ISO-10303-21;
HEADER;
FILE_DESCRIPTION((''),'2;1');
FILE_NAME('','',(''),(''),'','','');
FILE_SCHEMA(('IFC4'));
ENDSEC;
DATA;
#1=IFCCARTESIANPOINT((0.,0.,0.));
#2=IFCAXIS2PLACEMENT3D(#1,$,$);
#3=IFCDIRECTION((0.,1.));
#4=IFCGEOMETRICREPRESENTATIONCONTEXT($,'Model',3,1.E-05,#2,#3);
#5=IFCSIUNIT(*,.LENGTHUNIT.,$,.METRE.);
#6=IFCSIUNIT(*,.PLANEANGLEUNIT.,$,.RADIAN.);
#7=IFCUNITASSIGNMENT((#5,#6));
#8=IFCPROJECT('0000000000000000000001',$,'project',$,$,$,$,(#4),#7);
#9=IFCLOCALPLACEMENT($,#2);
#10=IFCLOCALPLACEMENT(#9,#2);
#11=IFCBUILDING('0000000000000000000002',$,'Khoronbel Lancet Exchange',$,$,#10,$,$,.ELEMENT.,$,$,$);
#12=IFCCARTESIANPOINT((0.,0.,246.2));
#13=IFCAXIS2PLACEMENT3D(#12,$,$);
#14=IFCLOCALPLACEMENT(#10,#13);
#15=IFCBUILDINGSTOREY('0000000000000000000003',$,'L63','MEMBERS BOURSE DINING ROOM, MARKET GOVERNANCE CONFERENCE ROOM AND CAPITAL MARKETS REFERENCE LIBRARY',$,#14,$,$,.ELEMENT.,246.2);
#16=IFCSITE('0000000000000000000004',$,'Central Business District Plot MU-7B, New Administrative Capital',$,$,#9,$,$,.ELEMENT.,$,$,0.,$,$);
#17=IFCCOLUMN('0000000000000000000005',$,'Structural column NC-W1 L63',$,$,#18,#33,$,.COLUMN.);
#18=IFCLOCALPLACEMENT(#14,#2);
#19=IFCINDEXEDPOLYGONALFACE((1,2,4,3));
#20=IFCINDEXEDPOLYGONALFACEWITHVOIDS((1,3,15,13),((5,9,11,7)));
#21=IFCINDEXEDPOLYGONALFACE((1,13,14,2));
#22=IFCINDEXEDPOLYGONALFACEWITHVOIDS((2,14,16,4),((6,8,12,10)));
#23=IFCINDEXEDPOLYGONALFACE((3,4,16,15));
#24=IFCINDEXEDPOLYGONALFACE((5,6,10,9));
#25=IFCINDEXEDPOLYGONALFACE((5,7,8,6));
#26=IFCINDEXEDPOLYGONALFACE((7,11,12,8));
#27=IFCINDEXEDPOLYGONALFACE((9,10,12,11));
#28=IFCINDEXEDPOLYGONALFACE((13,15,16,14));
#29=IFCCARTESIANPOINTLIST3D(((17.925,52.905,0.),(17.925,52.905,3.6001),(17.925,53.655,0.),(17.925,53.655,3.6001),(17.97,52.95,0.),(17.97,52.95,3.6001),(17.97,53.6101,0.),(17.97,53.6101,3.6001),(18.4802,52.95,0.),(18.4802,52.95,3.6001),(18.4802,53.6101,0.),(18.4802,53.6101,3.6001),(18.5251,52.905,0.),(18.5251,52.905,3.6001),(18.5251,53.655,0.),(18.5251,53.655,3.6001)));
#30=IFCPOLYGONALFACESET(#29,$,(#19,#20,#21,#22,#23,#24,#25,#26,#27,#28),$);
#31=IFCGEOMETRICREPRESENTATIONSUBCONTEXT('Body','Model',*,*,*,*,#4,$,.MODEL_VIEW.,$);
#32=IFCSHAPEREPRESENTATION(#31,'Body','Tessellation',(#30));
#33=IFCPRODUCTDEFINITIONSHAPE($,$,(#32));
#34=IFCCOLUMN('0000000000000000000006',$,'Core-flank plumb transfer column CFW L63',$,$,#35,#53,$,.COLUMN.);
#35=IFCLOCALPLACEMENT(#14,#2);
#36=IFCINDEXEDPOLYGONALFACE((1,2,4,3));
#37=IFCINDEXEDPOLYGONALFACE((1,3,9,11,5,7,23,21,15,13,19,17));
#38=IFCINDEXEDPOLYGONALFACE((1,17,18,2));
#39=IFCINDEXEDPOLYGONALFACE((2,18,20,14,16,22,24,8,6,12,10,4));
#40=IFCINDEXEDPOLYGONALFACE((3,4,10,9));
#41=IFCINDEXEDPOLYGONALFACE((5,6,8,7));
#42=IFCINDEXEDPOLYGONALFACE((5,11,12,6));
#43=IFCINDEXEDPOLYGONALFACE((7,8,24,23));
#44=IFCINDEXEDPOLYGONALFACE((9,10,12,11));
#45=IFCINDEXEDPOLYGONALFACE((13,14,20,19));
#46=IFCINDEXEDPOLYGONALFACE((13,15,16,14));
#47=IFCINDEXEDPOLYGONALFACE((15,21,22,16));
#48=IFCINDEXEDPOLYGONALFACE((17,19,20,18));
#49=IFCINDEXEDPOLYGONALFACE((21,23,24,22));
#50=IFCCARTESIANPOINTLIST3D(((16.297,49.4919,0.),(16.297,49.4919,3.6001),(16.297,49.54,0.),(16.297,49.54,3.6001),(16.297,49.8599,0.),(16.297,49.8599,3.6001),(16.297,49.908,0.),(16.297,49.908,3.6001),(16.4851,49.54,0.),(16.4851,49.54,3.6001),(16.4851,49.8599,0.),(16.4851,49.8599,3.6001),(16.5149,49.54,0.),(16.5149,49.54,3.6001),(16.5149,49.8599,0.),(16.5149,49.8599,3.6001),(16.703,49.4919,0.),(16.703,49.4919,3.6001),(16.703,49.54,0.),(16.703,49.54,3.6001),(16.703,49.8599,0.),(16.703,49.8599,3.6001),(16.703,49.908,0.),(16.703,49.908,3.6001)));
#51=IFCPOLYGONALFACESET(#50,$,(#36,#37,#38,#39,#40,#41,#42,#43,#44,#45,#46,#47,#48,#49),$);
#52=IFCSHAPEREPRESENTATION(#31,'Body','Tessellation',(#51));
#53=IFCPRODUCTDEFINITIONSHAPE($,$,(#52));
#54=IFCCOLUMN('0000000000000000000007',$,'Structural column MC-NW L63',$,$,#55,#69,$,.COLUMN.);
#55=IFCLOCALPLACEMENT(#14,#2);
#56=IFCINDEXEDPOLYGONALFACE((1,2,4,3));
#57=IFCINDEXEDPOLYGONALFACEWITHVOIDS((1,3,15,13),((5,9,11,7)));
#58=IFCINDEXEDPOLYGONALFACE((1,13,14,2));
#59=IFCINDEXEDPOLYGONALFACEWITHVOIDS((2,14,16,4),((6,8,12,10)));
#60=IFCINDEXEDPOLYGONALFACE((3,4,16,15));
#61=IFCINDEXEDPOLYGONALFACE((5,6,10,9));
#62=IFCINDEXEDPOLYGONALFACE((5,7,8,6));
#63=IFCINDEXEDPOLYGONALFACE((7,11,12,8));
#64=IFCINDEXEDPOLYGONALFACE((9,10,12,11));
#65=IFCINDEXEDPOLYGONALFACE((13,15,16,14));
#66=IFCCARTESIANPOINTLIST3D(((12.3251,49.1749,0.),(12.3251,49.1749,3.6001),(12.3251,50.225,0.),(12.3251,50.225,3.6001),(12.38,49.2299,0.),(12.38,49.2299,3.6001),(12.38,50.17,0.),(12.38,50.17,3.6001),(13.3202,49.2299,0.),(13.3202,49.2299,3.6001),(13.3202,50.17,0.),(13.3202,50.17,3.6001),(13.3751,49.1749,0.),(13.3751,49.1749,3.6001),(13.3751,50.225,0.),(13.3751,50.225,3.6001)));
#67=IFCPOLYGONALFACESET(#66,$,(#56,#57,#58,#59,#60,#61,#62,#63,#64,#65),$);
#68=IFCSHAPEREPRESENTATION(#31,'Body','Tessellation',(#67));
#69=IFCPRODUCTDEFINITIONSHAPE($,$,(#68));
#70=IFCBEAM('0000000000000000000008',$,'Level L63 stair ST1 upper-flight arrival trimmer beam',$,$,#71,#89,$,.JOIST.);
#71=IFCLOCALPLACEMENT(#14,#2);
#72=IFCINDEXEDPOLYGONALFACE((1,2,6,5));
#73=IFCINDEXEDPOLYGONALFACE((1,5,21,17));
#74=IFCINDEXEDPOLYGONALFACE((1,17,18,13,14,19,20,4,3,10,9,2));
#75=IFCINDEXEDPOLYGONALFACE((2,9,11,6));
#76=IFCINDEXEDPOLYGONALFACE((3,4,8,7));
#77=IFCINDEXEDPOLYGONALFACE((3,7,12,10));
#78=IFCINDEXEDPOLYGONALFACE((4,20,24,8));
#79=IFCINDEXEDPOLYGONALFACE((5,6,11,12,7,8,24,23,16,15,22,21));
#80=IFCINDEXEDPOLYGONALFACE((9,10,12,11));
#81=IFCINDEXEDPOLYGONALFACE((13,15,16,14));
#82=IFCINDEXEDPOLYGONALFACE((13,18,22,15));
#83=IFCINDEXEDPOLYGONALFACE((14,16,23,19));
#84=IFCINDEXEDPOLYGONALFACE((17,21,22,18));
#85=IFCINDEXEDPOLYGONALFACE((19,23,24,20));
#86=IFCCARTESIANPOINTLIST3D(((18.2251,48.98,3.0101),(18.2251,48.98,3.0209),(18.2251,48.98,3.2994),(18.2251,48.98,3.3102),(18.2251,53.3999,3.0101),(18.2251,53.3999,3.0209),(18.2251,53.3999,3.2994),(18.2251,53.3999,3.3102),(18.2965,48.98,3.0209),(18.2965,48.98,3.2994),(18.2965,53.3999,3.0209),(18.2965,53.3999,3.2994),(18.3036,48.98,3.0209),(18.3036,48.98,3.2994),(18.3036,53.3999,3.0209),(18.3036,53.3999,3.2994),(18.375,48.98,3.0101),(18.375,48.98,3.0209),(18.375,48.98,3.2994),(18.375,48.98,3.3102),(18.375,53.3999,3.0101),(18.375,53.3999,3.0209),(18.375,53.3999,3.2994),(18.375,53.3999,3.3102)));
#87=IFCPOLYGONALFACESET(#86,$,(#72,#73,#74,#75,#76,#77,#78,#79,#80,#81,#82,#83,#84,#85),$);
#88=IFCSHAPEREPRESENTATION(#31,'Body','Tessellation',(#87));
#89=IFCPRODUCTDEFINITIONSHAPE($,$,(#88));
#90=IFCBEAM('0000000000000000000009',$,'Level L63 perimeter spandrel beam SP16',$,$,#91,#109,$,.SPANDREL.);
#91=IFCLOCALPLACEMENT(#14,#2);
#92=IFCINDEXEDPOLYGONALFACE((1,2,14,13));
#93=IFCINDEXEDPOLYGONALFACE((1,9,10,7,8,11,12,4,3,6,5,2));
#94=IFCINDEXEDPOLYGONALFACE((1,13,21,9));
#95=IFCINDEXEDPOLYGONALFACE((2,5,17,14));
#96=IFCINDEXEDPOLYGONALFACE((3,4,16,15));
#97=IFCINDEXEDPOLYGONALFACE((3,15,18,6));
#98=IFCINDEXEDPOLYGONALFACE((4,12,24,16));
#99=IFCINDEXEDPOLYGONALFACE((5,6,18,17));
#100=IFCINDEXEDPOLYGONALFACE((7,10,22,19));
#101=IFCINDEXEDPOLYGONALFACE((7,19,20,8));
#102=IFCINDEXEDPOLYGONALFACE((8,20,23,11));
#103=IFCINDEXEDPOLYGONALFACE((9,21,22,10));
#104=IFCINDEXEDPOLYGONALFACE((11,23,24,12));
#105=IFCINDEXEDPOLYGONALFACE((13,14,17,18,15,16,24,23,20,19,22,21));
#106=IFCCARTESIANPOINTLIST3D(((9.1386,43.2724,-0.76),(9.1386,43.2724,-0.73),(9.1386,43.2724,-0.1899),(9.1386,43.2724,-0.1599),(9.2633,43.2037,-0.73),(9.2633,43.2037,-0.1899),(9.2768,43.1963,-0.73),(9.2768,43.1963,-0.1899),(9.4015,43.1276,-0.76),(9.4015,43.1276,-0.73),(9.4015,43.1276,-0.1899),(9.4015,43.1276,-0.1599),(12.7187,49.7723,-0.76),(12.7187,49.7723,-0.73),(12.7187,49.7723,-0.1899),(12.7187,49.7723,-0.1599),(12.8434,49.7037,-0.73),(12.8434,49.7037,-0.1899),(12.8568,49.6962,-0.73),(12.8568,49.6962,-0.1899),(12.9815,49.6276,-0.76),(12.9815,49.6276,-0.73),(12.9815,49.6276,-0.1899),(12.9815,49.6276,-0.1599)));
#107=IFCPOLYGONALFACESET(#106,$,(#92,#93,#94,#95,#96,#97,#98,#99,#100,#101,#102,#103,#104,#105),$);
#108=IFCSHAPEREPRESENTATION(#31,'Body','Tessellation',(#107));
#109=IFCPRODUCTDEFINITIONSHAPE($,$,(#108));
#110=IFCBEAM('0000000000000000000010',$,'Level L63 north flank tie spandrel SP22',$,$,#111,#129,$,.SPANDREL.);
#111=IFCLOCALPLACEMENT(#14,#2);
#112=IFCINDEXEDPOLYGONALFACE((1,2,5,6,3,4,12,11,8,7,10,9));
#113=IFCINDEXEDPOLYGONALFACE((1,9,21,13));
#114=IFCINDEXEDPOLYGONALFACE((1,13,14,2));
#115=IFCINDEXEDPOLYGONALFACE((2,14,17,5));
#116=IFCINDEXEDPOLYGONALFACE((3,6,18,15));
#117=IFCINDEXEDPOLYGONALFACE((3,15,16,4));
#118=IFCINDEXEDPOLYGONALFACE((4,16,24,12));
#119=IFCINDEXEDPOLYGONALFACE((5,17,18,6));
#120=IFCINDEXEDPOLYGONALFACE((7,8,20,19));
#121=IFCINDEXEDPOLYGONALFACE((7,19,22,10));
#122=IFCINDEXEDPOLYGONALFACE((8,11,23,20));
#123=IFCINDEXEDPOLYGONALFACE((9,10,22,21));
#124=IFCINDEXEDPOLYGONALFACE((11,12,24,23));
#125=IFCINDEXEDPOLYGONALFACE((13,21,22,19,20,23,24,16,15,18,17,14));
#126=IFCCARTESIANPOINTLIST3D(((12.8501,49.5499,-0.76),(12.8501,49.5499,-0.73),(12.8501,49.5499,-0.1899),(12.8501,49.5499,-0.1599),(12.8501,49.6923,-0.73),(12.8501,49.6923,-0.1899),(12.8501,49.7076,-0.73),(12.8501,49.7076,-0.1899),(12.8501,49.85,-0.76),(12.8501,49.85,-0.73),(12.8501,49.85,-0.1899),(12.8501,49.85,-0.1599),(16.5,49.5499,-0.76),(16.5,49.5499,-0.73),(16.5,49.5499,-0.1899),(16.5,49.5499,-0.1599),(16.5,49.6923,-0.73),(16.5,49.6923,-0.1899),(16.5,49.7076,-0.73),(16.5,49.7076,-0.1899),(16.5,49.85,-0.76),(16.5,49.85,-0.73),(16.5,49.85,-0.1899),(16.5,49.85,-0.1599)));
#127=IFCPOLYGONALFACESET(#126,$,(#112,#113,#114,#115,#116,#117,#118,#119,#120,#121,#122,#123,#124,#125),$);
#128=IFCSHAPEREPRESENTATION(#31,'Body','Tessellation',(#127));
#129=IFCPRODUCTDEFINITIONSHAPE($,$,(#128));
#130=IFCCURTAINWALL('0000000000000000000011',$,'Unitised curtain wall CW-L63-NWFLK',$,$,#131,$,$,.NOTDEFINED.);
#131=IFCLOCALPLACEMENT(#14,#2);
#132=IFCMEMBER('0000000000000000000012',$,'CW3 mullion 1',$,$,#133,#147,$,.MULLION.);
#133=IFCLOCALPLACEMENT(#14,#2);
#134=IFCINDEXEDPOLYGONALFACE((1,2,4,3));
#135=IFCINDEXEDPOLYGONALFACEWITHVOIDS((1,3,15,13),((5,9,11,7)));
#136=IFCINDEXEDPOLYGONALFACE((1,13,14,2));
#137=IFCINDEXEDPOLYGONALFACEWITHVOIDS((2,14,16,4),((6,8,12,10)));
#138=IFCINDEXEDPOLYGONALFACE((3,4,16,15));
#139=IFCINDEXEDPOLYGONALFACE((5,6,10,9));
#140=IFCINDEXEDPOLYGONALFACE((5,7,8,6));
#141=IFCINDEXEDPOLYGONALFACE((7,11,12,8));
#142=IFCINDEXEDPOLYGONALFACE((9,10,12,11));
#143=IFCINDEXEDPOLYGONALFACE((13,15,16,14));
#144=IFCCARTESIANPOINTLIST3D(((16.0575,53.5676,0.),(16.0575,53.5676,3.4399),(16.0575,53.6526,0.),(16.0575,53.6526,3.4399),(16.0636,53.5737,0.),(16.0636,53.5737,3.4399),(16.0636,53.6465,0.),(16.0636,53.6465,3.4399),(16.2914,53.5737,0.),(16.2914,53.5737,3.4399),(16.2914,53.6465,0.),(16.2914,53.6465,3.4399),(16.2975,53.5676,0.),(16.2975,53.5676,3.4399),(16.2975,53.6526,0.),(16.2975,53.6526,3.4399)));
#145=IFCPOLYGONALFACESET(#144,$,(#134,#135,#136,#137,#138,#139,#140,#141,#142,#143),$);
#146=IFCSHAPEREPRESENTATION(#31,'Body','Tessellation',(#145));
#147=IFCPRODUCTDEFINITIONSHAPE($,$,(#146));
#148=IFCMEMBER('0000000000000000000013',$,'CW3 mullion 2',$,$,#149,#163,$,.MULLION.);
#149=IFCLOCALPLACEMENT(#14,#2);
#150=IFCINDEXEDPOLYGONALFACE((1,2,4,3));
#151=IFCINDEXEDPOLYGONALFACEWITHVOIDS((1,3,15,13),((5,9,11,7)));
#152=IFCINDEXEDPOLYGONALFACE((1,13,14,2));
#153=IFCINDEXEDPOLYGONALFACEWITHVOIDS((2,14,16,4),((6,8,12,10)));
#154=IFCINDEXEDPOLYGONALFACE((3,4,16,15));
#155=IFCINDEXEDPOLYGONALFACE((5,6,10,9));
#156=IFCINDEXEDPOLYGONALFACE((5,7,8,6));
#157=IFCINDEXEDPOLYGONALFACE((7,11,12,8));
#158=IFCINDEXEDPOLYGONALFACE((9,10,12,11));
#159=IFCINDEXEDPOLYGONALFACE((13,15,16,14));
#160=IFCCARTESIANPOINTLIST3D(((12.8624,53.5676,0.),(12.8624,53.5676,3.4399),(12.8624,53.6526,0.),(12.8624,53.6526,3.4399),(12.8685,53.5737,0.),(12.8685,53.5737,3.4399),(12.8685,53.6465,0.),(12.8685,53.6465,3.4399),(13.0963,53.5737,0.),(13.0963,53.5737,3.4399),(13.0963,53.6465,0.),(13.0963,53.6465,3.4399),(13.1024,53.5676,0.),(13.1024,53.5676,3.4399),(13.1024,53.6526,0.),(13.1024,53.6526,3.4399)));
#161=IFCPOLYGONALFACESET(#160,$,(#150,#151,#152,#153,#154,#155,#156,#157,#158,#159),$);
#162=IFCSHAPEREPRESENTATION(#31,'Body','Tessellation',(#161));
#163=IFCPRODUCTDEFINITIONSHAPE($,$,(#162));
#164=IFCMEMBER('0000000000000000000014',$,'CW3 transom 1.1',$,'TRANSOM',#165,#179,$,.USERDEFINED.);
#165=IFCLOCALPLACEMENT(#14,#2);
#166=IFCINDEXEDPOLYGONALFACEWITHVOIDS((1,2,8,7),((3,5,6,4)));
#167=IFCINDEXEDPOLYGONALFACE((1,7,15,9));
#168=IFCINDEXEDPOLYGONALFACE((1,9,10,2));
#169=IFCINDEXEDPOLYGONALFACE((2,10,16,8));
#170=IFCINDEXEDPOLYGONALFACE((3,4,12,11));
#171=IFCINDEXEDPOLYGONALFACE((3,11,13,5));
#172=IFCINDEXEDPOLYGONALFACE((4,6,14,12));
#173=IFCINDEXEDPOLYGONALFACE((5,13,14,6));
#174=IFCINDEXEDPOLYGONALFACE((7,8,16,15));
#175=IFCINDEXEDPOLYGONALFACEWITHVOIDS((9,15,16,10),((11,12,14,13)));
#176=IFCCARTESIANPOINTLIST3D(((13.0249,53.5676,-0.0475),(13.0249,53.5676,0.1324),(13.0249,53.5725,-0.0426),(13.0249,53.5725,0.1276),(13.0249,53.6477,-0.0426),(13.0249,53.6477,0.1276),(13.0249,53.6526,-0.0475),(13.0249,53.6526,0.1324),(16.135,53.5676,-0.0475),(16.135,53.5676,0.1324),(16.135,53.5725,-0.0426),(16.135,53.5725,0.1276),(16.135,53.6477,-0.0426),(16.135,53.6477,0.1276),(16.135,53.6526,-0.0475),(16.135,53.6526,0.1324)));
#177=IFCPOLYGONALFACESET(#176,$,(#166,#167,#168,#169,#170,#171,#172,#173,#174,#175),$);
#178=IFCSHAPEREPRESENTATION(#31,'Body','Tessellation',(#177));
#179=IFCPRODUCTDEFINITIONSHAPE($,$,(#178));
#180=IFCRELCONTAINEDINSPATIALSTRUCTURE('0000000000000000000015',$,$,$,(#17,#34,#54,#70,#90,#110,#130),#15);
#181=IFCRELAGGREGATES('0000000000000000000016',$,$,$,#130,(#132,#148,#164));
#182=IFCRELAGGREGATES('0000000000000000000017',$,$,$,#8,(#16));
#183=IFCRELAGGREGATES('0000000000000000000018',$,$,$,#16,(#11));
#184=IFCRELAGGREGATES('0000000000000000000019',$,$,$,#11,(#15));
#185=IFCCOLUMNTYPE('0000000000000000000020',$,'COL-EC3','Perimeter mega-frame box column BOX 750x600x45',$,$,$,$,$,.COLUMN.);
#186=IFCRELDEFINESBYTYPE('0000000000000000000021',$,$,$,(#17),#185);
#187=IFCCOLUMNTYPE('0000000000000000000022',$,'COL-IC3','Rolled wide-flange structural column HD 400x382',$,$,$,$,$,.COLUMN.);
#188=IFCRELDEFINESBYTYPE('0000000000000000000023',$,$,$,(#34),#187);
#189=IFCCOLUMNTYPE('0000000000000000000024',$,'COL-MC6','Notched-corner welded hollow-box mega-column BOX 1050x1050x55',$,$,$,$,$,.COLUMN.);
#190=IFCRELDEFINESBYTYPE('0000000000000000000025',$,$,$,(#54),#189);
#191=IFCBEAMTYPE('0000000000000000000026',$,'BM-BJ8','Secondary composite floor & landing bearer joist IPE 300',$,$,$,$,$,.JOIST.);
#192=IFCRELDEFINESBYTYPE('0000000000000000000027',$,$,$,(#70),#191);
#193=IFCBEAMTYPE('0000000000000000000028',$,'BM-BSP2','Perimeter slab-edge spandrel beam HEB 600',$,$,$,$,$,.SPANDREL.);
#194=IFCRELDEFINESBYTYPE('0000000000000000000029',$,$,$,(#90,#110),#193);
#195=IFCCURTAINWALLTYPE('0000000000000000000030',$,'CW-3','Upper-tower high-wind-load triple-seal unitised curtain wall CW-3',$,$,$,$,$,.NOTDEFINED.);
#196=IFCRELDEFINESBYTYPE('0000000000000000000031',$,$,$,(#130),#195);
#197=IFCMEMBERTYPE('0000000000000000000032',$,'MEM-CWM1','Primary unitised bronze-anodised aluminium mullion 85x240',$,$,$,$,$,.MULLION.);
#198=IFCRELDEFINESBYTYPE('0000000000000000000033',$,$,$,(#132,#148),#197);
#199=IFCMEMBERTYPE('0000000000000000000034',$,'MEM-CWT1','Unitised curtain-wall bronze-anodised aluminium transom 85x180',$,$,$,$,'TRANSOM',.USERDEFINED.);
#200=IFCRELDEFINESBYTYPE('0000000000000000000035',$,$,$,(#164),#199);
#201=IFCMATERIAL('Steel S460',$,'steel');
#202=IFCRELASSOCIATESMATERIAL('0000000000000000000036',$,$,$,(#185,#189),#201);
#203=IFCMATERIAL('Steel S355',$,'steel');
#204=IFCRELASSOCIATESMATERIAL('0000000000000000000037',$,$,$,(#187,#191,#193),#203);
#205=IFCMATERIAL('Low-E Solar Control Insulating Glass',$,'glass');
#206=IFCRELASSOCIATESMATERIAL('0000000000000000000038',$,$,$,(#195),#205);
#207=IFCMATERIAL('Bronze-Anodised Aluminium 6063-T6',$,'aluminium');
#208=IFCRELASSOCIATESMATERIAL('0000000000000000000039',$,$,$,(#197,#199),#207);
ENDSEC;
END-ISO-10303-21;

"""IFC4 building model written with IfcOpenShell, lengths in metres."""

from ifc_helpers import new_model, si_unit, direction, frame, origin, origin_2d, place, context, subcontext, project, spatial, hollow_rectangle, i_section, extrude, material, material_profile, profile_set, type_object, element, aggregate, save


model = new_model("IFC4")

# Units and contexts
model_context = context("Model", 3, precision=1e-05, world=origin(), true_north=direction((0.0, 1.0)))
body_context = subcontext(model_context, "Body", "Model", "MODEL_VIEW")
ifc_project = project(units=[si_unit("LENGTHUNIT", "METRE"), si_unit("PLANEANGLEUNIT", "RADIAN")], contexts=[model_context])

# Site, building, storey
site_placement = place(None, origin())
site = spatial("IfcSite", under=ifc_project, at=site_placement, Name="Central Business District Plot MU-7B, New Administrative Capital", CompositionType="ELEMENT", RefElevation=0.0)
building_placement = place(site_placement, origin())
building = spatial("IfcBuilding", under=site, at=building_placement, Name="Khoronbel Lancet Exchange", CompositionType="ELEMENT")
storey_placement = place(building_placement, frame((0.0, 0.0, 246.2)))
storey = spatial("IfcBuildingStorey", under=building, at=storey_placement, Name="L63", Description="MEMBERS BOURSE DINING ROOM, MARKET GOVERNANCE CONFERENCE ROOM AND CAPITAL MARKETS REFERENCE LIBRARY", CompositionType="ELEMENT", Elevation=246.2)

# Columns
ifc_material_1 = material(Name="Steel S460", Category="steel")
ifc_material_profile_1 = material_profile(ifc_material_1, hollow_rectangle(XDim=0.6001, YDim=0.75, WallThickness=0.0449, at=origin_2d()), Name="BOX 750x600x45")
ifc_profile_set_1 = profile_set([ifc_material_profile_1], Name="Steel S460")
column_type_1 = type_object("IfcColumnType", Name="COL-EC3", Description="Perimeter mega-frame box column BOX 750x600x45", PredefinedType="COLUMN", material=ifc_profile_set_1)
column_1_placement = place(storey_placement, frame((18.2251, 53.28, 0.0), z_axis=(0.0, 0.0, 1.0), x_axis=(1.0, 0.0, 0.0)))
element("IfcColumn", 1, at=column_1_placement, inside=storey, type_object=column_type_1, Name="Structural column NC-W1 L63", PredefinedType="COLUMN", context=body_context, shape_type="SweptSolid", body=[
    extrude(hollow_rectangle(XDim=0.6001, YDim=0.75, WallThickness=0.0449, at=origin_2d()), origin(), (0.0, 0.0, 1.0), 3.6001),
])
ifc_material_2 = material(Name="Steel S355", Category="steel")
ifc_material_profile_2 = material_profile(ifc_material_2, i_section(OverallWidth=0.406, OverallDepth=0.416, WebThickness=0.0298, FlangeThickness=0.0481, at=origin_2d()), Name="HD 400x382")
ifc_profile_set_2 = profile_set([ifc_material_profile_2], Name="Steel S355")
column_type_2 = type_object("IfcColumnType", Name="COL-IC3", Description="Rolled wide-flange structural column HD 400x382", PredefinedType="COLUMN", material=ifc_profile_set_2)
column_2_placement = place(storey_placement, frame((16.5, 49.7, 0.0), z_axis=(0.0, 0.0, 1.0), x_axis=(1.0, 0.0, 0.0)))
element("IfcColumn", 2, at=column_2_placement, inside=storey, type_object=column_type_2, Name="Core-flank plumb transfer column CFW L63", PredefinedType="COLUMN", context=body_context, shape_type="SweptSolid", body=[
    extrude(i_section(OverallWidth=0.406, OverallDepth=0.416, WebThickness=0.0298, FlangeThickness=0.0481, at=origin_2d()), origin(), (0.0, 0.0, 1.0), 3.6001),
])
ifc_material_profile_3 = material_profile(ifc_material_1, hollow_rectangle(XDim=1.05, YDim=1.05, WallThickness=0.0549, at=origin_2d()), Name="BOX 1050x1050x55")
ifc_profile_set_3 = profile_set([ifc_material_profile_3], Name="Steel S460")
column_type_3 = type_object("IfcColumnType", Name="COL-MC6", Description="Notched-corner welded hollow-box mega-column BOX 1050x1050x55", PredefinedType="COLUMN", material=ifc_profile_set_3)
column_3_placement = place(storey_placement, frame((12.8501, 49.7, 0.0), z_axis=(0.0, 0.0, 1.0), x_axis=(1.0, 0.0, 0.0)))
element("IfcColumn", 3, at=column_3_placement, inside=storey, type_object=column_type_3, Name="Structural column MC-NW L63", PredefinedType="COLUMN", context=body_context, shape_type="SweptSolid", body=[
    extrude(hollow_rectangle(XDim=1.05, YDim=1.05, WallThickness=0.0549, at=origin_2d()), origin(), (0.0, 0.0, 1.0), 3.6001),
])

# Beams
ifc_material_profile_4 = material_profile(ifc_material_2, i_section(OverallWidth=0.1499, OverallDepth=0.3, WebThickness=0.0071, FlangeThickness=0.0107, at=origin_2d()), Name="IPE 300")
ifc_profile_set_4 = profile_set([ifc_material_profile_4], Name="Steel S355")
beam_type_1 = type_object("IfcBeamType", Name="BM-BJ8", Description="Secondary composite floor & landing bearer joist IPE 300", PredefinedType="JOIST", material=ifc_profile_set_4)
beam_1_placement = place(storey_placement, frame((18.3, 48.98, 3.1602), z_axis=(0.0, 1.0, 0.0), x_axis=(-1.0, 0.0, 0.0)))
element("IfcBeam", 4, at=beam_1_placement, inside=storey, type_object=beam_type_1, Name="Level L63 stair ST1 upper-flight arrival trimmer beam", PredefinedType="JOIST", context=body_context, shape_type="SweptSolid", body=[
    extrude(i_section(OverallWidth=0.1499, OverallDepth=0.3, WebThickness=0.0071, FlangeThickness=0.0107, at=origin_2d()), origin(), (0.0, 0.0, 1.0), 4.4199),
])
ifc_material_profile_5 = material_profile(ifc_material_2, i_section(OverallWidth=0.3, OverallDepth=0.6001, WebThickness=0.0154, FlangeThickness=0.03, at=origin_2d()), Name="HEB 600")
ifc_profile_set_5 = profile_set([ifc_material_profile_5], Name="Steel S355")
beam_type_2 = type_object("IfcBeamType", Name="BM-BSP2", Description="Perimeter slab-edge spandrel beam HEB 600", PredefinedType="SPANDREL", material=ifc_profile_set_5)
beam_2_placement = place(storey_placement, frame((12.8501, 49.7, -0.46), z_axis=(-0.482444, -0.875927, 0.0), x_axis=(0.875927, -0.482444, 0.0)))
element("IfcBeam", 5, at=beam_2_placement, inside=storey, type_object=beam_type_2, Name="Level L63 perimeter spandrel beam SP16", PredefinedType="SPANDREL", context=body_context, shape_type="SweptSolid", body=[
    extrude(i_section(OverallWidth=0.3, OverallDepth=0.6001, WebThickness=0.0154, FlangeThickness=0.03, at=origin_2d()), origin(), (0.0, 0.0, 1.0), 7.4207),
])
beam_3_placement = place(storey_placement, frame((12.8501, 49.7, -0.46), z_axis=(1.0, 0.0, 0.0), x_axis=(0.0, 1.0, 0.0)))
element("IfcBeam", 6, at=beam_3_placement, inside=storey, type_object=beam_type_2, Name="Level L63 north flank tie spandrel SP22", PredefinedType="SPANDREL", context=body_context, shape_type="SweptSolid", body=[
    extrude(i_section(OverallWidth=0.3, OverallDepth=0.6001, WebThickness=0.0154, FlangeThickness=0.03, at=origin_2d()), origin(), (0.0, 0.0, 1.0), 3.6499),
])

# Curtain wall, members
ifc_material_3 = material(Name="Low-E Solar Control Insulating Glass", Category="glass")
curtain_wall_type = type_object("IfcCurtainWallType", Name="CW-3", Description="Upper-tower high-wind-load triple-seal unitised curtain wall CW-3", PredefinedType="NOTDEFINED", material=ifc_material_3)
curtain_wall_placement = place(storey_placement, origin())
curtain_wall = element("IfcCurtainWall", 7, at=curtain_wall_placement, inside=storey, type_object=curtain_wall_type, Name="Unitised curtain wall CW-L63-NWFLK", PredefinedType="NOTDEFINED")
ifc_material_4 = material(Name="Bronze-Anodised Aluminium 6063-T6", Category="aluminium")
ifc_material_profile_6 = material_profile(ifc_material_4, hollow_rectangle(XDim=0.085, YDim=0.24, WallThickness=0.0061, at=origin_2d()), Name="ALU MULLION 85x240")
ifc_profile_set_6 = profile_set([ifc_material_profile_6], Name="Bronze-Anodised Aluminium 6063-T6")
member_type_1 = type_object("IfcMemberType", Name="MEM-CWM1", Description="Primary unitised bronze-anodised aluminium mullion 85x240", PredefinedType="MULLION", material=ifc_profile_set_6)
member_1_placement = place(storey_placement, frame((16.1775, 53.6101, 0.0), z_axis=(0.0, 0.0, 1.0), x_axis=(0.0, -1.0, 0.0)))
member_1 = element("IfcMember", 8, at=member_1_placement, type_object=member_type_1, Name="CW3 mullion 1", PredefinedType="MULLION", context=body_context, shape_type="SweptSolid", body=[
    extrude(hollow_rectangle(XDim=0.085, YDim=0.24, WallThickness=0.0061, at=origin_2d()), origin(), (0.0, 0.0, 1.0), 3.4399),
])
member_2_placement = place(storey_placement, frame((12.9824, 53.6101, 0.0), z_axis=(0.0, 0.0, 1.0), x_axis=(0.0, -1.0, 0.0)))
member_2 = element("IfcMember", 9, at=member_2_placement, type_object=member_type_1, Name="CW3 mullion 2", PredefinedType="MULLION", context=body_context, shape_type="SweptSolid", body=[
    extrude(hollow_rectangle(XDim=0.085, YDim=0.24, WallThickness=0.0061, at=origin_2d()), origin(), (0.0, 0.0, 1.0), 3.4399),
])
ifc_material_profile_7 = material_profile(ifc_material_4, hollow_rectangle(XDim=0.085, YDim=0.1799, WallThickness=0.0049, at=origin_2d()), Name="ALU TRANSOM 85x180")
ifc_profile_set_7 = profile_set([ifc_material_profile_7], Name="Bronze-Anodised Aluminium 6063-T6")
member_type_2 = type_object("IfcMemberType", Name="MEM-CWT1", Description="Unitised curtain-wall bronze-anodised aluminium transom 85x180", ElementType="TRANSOM", PredefinedType="USERDEFINED", material=ifc_profile_set_7)
member_3_placement = place(storey_placement, frame((16.135, 53.6101, 0.0425), z_axis=(-1.0, 0.0, 0.0), x_axis=(0.0, -1.0, 0.0)))
member_3 = element("IfcMember", 10, at=member_3_placement, type_object=member_type_2, Name="CW3 transom 1.1", ObjectType="TRANSOM", PredefinedType="USERDEFINED", context=body_context, shape_type="SweptSolid", body=[
    extrude(hollow_rectangle(XDim=0.085, YDim=0.1799, WallThickness=0.0049, at=origin_2d()), origin(), (0.0, 0.0, 1.0), 3.1101),
])
aggregate(curtain_wall, [member_1, member_2, member_3])

save(model, "model.ifc")
